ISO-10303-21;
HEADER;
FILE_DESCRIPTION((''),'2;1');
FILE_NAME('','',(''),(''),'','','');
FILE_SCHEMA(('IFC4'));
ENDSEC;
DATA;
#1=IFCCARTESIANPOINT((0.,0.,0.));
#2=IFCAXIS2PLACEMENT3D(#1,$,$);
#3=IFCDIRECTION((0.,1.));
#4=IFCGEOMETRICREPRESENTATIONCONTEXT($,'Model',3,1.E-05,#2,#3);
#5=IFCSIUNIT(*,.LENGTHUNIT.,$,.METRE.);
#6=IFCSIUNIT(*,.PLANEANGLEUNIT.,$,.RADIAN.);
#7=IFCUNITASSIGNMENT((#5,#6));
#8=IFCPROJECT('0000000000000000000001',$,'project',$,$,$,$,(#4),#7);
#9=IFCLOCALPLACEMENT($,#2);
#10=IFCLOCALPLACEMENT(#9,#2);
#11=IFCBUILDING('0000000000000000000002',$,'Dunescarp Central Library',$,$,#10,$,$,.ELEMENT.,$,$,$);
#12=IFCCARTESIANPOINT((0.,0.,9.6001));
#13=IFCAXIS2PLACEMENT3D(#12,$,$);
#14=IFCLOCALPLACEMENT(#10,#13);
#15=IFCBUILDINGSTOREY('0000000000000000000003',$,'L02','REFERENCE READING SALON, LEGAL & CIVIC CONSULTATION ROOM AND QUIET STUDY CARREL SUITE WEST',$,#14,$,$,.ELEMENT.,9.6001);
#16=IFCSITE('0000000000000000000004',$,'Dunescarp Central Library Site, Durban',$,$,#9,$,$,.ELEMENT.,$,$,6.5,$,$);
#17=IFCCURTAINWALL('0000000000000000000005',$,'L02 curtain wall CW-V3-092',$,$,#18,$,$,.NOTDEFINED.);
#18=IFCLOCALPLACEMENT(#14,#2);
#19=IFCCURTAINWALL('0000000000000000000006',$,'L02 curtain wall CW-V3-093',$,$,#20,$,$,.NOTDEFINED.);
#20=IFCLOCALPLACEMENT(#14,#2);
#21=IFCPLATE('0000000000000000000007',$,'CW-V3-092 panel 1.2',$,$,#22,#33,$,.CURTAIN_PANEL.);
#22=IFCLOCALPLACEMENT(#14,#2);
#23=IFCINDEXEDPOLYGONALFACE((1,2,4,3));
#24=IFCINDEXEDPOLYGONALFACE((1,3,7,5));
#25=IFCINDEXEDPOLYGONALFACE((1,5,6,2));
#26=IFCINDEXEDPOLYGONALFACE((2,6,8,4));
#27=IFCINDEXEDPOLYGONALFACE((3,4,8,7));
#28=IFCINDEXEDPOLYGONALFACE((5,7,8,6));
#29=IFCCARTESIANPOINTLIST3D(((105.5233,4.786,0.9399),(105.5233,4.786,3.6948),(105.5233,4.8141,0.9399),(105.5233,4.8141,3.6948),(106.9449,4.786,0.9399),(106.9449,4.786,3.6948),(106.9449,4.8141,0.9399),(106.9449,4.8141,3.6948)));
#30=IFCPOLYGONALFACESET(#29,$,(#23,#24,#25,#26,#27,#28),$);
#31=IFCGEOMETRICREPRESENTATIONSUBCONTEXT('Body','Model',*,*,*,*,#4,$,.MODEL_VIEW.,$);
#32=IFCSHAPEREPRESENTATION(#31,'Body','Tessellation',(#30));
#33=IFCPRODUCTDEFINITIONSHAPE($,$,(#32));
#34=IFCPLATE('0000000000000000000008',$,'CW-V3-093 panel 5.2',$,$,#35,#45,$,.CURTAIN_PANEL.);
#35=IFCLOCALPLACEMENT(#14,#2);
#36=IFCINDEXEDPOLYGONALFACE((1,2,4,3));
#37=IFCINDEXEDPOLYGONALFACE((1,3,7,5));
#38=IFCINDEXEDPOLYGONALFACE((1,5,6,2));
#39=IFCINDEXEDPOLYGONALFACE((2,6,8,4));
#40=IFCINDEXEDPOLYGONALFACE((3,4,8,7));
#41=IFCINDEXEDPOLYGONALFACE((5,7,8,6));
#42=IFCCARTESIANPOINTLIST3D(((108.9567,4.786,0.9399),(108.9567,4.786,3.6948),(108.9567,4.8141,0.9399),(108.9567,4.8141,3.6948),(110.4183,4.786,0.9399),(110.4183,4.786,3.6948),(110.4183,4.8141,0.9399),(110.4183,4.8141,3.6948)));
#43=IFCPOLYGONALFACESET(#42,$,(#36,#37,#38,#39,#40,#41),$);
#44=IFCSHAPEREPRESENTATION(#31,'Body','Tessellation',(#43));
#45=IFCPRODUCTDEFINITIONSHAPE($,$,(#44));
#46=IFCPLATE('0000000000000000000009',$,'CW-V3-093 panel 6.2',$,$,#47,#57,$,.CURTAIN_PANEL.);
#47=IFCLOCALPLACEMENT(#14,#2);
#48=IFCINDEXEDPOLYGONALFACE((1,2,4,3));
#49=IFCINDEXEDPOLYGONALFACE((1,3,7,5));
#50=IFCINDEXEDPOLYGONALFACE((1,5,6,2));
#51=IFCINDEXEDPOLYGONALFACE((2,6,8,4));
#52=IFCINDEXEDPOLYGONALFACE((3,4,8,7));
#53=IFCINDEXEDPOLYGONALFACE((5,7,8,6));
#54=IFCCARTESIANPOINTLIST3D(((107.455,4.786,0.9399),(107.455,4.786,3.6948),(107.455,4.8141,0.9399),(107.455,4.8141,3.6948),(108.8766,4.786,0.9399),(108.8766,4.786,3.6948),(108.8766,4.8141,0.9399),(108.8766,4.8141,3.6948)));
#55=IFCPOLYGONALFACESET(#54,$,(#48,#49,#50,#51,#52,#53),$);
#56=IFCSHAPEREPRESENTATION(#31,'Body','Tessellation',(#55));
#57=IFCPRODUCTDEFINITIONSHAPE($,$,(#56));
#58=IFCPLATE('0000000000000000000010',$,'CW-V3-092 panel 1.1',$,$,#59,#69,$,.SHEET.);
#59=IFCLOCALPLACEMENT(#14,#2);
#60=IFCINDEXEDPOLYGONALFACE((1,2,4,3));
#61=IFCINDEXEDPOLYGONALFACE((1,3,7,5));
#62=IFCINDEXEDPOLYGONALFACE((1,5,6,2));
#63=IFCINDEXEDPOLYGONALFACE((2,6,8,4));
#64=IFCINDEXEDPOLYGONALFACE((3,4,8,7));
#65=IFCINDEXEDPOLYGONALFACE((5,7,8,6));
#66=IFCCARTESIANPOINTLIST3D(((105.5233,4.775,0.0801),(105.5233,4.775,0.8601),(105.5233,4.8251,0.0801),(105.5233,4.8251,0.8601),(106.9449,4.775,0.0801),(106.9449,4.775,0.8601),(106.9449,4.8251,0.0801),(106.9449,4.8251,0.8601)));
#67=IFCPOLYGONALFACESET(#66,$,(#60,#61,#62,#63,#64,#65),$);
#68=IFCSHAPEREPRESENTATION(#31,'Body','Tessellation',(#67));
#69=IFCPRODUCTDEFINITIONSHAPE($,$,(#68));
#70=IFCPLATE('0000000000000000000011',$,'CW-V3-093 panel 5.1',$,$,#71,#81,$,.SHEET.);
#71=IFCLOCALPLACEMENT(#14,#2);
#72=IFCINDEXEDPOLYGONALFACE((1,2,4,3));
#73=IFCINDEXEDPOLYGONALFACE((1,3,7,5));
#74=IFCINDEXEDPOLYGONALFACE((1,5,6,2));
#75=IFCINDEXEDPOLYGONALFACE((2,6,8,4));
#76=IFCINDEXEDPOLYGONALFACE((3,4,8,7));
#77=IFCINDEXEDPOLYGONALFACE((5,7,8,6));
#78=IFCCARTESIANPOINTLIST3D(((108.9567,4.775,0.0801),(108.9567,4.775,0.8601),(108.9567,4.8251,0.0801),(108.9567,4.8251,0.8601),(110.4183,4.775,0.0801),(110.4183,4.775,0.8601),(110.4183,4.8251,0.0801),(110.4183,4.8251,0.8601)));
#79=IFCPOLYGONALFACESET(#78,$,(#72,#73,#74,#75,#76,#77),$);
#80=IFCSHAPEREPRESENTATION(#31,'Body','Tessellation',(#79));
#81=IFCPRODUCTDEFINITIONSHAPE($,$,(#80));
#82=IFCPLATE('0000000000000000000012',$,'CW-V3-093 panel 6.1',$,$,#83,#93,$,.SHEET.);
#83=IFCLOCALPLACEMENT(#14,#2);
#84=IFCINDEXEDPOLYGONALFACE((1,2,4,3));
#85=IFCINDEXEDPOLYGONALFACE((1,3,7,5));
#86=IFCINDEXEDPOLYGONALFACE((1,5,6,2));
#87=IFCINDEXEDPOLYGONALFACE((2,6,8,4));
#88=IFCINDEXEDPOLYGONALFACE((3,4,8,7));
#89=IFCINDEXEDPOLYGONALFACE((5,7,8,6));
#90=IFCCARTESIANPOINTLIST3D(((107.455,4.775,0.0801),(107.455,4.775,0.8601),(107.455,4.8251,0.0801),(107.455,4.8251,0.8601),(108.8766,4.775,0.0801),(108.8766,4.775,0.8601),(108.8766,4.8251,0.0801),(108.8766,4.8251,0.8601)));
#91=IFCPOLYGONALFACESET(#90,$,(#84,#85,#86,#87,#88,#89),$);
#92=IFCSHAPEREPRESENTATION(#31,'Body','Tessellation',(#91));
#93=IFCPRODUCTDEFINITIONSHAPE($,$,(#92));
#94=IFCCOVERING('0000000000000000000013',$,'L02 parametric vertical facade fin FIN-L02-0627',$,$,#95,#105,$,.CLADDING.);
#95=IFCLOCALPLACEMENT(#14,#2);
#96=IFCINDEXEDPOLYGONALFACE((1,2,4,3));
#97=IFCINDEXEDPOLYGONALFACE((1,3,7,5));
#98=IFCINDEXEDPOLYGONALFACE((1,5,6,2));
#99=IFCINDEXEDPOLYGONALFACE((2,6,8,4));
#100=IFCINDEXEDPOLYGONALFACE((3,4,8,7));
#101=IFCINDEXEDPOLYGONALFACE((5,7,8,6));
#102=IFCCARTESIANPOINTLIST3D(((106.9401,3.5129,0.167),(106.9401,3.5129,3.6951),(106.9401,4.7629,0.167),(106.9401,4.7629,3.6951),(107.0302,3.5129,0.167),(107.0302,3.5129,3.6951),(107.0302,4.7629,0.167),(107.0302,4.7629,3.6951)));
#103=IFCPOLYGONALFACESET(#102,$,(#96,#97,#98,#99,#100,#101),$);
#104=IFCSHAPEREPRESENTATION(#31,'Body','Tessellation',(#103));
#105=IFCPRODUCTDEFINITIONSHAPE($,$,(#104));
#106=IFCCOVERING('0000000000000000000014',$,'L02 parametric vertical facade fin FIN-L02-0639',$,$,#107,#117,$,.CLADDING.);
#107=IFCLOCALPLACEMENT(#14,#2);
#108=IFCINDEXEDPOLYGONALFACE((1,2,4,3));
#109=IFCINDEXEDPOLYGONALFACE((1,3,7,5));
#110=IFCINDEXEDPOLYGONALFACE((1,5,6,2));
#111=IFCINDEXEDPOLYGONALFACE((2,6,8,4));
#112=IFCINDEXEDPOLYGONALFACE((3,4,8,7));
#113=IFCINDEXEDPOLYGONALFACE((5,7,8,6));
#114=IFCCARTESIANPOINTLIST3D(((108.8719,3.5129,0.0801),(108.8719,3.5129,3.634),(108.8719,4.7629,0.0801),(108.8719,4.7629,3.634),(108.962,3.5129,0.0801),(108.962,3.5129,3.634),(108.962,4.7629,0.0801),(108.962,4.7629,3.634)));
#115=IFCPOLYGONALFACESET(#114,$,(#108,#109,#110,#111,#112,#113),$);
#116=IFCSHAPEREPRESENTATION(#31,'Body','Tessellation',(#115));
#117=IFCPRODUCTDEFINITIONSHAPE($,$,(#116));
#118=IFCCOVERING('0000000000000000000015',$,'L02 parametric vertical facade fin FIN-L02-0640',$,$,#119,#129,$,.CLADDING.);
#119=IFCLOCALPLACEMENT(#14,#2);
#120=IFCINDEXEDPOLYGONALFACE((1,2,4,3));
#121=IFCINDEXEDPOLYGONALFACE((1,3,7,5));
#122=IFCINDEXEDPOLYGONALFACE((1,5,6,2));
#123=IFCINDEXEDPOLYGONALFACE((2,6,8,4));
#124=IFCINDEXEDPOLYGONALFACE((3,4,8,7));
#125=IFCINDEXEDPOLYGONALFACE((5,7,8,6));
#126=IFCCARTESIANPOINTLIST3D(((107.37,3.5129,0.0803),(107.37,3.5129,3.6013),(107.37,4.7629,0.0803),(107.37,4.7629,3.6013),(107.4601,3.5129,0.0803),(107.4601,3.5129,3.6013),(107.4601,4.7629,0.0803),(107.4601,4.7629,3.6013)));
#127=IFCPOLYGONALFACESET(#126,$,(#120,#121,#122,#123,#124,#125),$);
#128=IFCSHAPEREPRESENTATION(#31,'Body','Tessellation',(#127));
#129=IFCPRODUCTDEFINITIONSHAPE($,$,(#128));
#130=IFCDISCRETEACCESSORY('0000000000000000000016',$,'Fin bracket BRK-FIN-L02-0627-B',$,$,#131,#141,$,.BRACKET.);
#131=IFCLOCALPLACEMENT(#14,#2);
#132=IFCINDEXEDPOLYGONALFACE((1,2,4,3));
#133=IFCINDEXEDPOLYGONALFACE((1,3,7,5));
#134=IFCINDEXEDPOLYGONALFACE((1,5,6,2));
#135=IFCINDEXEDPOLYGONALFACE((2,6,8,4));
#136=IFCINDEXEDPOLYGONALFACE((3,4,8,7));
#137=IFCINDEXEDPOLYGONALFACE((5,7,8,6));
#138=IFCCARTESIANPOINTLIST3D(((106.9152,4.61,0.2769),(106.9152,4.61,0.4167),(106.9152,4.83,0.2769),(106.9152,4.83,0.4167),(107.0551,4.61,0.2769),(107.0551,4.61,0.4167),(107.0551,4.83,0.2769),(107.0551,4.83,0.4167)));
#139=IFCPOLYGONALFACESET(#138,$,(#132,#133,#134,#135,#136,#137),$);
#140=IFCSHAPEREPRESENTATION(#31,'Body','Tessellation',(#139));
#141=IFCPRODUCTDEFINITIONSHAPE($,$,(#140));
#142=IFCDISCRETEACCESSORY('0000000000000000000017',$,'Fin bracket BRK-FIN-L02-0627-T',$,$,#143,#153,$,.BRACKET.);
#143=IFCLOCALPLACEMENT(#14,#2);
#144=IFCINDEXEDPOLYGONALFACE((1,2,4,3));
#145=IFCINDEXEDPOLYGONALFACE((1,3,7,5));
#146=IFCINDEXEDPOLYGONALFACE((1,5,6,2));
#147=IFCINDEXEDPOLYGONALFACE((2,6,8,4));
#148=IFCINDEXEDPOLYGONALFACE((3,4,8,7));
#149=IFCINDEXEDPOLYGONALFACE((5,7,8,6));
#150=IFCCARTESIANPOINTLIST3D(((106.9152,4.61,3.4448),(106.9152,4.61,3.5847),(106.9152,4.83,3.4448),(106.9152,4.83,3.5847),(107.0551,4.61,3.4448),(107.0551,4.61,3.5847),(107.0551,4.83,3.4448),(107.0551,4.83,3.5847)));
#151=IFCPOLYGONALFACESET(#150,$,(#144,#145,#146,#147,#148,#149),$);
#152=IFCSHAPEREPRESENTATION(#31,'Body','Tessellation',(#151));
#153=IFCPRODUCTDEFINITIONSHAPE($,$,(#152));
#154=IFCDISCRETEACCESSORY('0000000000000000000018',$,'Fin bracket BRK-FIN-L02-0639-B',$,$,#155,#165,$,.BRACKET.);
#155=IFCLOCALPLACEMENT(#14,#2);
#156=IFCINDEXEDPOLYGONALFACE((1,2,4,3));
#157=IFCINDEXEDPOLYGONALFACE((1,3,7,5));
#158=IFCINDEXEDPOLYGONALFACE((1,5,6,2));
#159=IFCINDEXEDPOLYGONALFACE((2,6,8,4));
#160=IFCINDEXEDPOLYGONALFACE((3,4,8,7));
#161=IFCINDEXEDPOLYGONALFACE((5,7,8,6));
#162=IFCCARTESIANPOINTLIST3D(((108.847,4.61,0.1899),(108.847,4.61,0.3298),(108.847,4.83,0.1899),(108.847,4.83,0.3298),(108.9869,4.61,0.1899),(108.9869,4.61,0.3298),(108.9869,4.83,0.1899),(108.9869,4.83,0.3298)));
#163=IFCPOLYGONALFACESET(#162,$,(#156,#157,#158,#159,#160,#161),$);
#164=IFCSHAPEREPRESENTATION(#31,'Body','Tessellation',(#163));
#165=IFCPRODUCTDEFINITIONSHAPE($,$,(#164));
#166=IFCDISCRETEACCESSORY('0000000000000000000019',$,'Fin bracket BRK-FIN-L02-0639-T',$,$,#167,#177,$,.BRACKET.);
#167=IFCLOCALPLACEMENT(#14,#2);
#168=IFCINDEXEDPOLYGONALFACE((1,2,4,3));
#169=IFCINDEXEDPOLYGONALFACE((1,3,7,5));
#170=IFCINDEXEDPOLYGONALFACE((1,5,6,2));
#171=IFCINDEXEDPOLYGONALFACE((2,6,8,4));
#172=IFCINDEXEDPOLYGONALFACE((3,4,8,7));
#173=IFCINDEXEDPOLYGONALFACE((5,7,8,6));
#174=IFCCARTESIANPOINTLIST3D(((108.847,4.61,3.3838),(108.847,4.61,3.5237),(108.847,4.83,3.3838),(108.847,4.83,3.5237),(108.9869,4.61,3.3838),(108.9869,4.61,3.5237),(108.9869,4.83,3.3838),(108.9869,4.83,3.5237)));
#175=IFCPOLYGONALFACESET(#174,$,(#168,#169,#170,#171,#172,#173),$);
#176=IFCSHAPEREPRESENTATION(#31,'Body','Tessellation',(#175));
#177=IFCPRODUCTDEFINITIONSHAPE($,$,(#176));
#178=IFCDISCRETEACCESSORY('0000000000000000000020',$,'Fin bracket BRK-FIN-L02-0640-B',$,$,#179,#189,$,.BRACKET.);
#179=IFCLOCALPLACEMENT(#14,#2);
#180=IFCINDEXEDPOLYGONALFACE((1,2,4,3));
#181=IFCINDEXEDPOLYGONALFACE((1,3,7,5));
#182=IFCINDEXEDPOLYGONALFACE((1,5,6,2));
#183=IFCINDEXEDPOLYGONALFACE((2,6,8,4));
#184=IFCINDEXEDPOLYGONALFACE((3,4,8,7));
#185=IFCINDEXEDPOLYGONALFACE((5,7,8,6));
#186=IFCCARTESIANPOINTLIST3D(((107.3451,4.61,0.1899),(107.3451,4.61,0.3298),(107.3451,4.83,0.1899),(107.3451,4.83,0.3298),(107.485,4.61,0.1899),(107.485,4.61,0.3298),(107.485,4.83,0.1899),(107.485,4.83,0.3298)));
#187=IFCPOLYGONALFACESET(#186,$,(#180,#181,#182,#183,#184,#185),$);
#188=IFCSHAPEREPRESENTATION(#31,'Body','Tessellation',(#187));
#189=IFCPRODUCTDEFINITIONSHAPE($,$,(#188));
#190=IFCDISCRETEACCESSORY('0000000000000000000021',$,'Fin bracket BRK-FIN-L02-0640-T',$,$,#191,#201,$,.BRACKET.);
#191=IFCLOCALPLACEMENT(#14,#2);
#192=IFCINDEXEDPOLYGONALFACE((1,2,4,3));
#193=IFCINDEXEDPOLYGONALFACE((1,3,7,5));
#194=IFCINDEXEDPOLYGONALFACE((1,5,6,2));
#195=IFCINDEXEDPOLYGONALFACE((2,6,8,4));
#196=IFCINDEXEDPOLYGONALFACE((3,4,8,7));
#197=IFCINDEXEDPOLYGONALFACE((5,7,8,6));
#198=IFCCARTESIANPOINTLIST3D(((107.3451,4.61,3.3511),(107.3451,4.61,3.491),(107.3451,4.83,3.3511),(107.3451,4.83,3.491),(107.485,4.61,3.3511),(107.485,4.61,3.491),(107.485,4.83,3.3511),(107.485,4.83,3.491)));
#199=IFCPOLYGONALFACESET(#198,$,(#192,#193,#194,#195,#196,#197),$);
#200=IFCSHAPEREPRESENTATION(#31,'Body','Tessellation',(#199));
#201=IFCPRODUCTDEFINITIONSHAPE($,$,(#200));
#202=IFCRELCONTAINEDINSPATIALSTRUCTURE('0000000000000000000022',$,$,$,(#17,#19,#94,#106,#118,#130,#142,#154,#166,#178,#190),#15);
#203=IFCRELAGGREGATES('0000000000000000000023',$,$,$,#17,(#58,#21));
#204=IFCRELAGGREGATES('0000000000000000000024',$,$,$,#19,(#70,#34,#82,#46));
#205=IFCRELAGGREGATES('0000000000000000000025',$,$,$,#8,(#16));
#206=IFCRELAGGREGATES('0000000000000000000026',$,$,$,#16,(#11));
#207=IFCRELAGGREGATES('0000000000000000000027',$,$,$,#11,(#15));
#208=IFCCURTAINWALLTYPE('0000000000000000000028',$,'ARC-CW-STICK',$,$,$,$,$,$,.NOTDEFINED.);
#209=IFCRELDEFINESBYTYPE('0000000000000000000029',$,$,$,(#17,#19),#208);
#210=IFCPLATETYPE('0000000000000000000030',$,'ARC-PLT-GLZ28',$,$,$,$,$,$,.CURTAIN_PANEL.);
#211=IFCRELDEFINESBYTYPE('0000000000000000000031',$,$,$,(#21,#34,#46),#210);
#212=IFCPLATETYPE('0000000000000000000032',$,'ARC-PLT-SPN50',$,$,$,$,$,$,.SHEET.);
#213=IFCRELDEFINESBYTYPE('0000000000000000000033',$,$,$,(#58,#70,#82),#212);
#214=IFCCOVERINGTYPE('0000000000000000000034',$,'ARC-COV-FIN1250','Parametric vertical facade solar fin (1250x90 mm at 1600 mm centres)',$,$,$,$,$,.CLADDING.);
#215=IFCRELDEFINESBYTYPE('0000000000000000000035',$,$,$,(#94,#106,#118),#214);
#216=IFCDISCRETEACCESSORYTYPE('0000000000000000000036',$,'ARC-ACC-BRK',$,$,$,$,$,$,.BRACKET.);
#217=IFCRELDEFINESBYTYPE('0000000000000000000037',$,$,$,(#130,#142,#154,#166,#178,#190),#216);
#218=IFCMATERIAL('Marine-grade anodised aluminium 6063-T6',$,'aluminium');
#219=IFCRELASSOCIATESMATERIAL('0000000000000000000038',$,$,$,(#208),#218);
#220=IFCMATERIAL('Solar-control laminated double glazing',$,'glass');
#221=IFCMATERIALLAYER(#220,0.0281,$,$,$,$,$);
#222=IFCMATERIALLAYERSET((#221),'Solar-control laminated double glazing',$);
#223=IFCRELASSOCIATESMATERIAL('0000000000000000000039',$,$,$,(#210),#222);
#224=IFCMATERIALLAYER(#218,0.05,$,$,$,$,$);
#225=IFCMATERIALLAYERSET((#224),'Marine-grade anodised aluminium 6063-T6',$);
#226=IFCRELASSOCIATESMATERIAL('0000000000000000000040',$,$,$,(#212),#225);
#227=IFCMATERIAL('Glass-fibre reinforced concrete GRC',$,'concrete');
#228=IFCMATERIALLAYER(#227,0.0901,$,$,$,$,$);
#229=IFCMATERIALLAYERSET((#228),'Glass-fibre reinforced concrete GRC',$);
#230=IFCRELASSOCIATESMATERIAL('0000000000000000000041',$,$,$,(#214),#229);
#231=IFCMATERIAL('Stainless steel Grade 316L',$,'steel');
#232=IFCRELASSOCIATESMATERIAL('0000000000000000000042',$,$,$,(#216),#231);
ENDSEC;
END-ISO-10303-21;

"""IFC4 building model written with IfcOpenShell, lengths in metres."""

from ifc_helpers import new_model, si_unit, direction, frame, origin, origin_2d, place, context, subcontext, project, spatial, rectangle, extrude, material, layer, layer_set, type_object, element, aggregate, save


model = new_model("IFC4")

# Units and contexts
model_context = context("Model", 3, precision=1e-05, world=origin(), true_north=direction((0.0, 1.0)))
body_context = subcontext(model_context, "Body", "Model", "MODEL_VIEW")
ifc_project = project(units=[si_unit("LENGTHUNIT", "METRE"), si_unit("PLANEANGLEUNIT", "RADIAN")], contexts=[model_context])

# Site, building, storey
site_placement = place(None, origin())
site = spatial("IfcSite", under=ifc_project, at=site_placement, Name="Dunescarp Central Library Site, Durban", CompositionType="ELEMENT", RefElevation=6.5)
building_placement = place(site_placement, origin())
building = spatial("IfcBuilding", under=site, at=building_placement, Name="Dunescarp Central Library", CompositionType="ELEMENT")
storey_placement = place(building_placement, frame((0.0, 0.0, 9.6001)))
storey = spatial("IfcBuildingStorey", under=building, at=storey_placement, Name="L02", Description="REFERENCE READING SALON, LEGAL & CIVIC CONSULTATION ROOM AND QUIET STUDY CARREL SUITE WEST", CompositionType="ELEMENT", Elevation=9.6001)

# Curtain wall
ifc_material_1 = material(Name="Marine-grade anodised aluminium 6063-T6", Category="aluminium")
curtain_wall_type = type_object("IfcCurtainWallType", Name="ARC-CW-STICK", PredefinedType="NOTDEFINED", material=ifc_material_1)
curtain_wall_1_placement = place(storey_placement, origin())
curtain_wall_1 = element("IfcCurtainWall", 1, at=curtain_wall_1_placement, inside=storey, type_object=curtain_wall_type, Name="L02 curtain wall CW-V3-092", PredefinedType="NOTDEFINED")

# Curtain wall
curtain_wall_2_placement = place(storey_placement, origin())
curtain_wall_2 = element("IfcCurtainWall", 2, at=curtain_wall_2_placement, inside=storey, type_object=curtain_wall_type, Name="L02 curtain wall CW-V3-093", PredefinedType="NOTDEFINED")

# Plates
ifc_material_2 = material(Name="Solar-control laminated double glazing", Category="glass")
ifc_layer_1 = layer(ifc_material_2, 0.0281)
ifc_layer_set_1 = layer_set([ifc_layer_1], Name="Solar-control laminated double glazing")
plate_type_1 = type_object("IfcPlateType", Name="ARC-PLT-GLZ28", PredefinedType="CURTAIN_PANEL", material=ifc_layer_set_1)
plate_1_placement = place(storey_placement, frame((106.2341, 4.8, 0.9399), z_axis=(0.0, 0.0, 1.0), x_axis=(-1.0, 0.0, 0.0)))
plate_1 = element("IfcPlate", 3, at=plate_1_placement, type_object=plate_type_1, Name="CW-V3-092 panel 1.2", PredefinedType="CURTAIN_PANEL", context=body_context, shape_type="SweptSolid", body=[
    extrude(rectangle(XDim=1.4216, YDim=0.0281, at=origin_2d()), origin(), (0.0, 0.0, 1.0), 2.7549),
])
plate_2_placement = place(storey_placement, frame((109.6875, 4.8, 0.9399), z_axis=(0.0, 0.0, 1.0), x_axis=(-1.0, 0.0, 0.0)))
plate_2 = element("IfcPlate", 4, at=plate_2_placement, type_object=plate_type_1, Name="CW-V3-093 panel 5.2", PredefinedType="CURTAIN_PANEL", context=body_context, shape_type="SweptSolid", body=[
    extrude(rectangle(XDim=1.4617, YDim=0.0281, at=origin_2d()), origin(), (0.0, 0.0, 1.0), 2.7549),
])
plate_3_placement = place(storey_placement, frame((108.1658, 4.8, 0.9399), z_axis=(0.0, 0.0, 1.0), x_axis=(-1.0, 0.0, 0.0)))
plate_3 = element("IfcPlate", 5, at=plate_3_placement, type_object=plate_type_1, Name="CW-V3-093 panel 6.2", PredefinedType="CURTAIN_PANEL", context=body_context, shape_type="SweptSolid", body=[
    extrude(rectangle(XDim=1.4216, YDim=0.0281, at=origin_2d()), origin(), (0.0, 0.0, 1.0), 2.7549),
])
ifc_layer_2 = layer(ifc_material_1, 0.05)
ifc_layer_set_2 = layer_set([ifc_layer_2], Name="Marine-grade anodised aluminium 6063-T6")
plate_type_2 = type_object("IfcPlateType", Name="ARC-PLT-SPN50", PredefinedType="SHEET", material=ifc_layer_set_2)
plate_4_placement = place(storey_placement, frame((106.2341, 4.8, 0.0801), z_axis=(0.0, 0.0, 1.0), x_axis=(-1.0, 0.0, 0.0)))
plate_4 = element("IfcPlate", 6, at=plate_4_placement, type_object=plate_type_2, Name="CW-V3-092 panel 1.1", PredefinedType="SHEET", context=body_context, shape_type="SweptSolid", body=[
    extrude(rectangle(XDim=1.4216, YDim=0.05, at=origin_2d()), origin(), (0.0, 0.0, 1.0), 0.78),
])
aggregate(curtain_wall_1, [plate_4, plate_1])
plate_5_placement = place(storey_placement, frame((109.6875, 4.8, 0.0801), z_axis=(0.0, 0.0, 1.0), x_axis=(-1.0, 0.0, 0.0)))
plate_5 = element("IfcPlate", 7, at=plate_5_placement, type_object=plate_type_2, Name="CW-V3-093 panel 5.1", PredefinedType="SHEET", context=body_context, shape_type="SweptSolid", body=[
    extrude(rectangle(XDim=1.4617, YDim=0.05, at=origin_2d()), origin(), (0.0, 0.0, 1.0), 0.78),
])
plate_6_placement = place(storey_placement, frame((108.1658, 4.8, 0.0801), z_axis=(0.0, 0.0, 1.0), x_axis=(-1.0, 0.0, 0.0)))
plate_6 = element("IfcPlate", 8, at=plate_6_placement, type_object=plate_type_2, Name="CW-V3-093 panel 6.1", PredefinedType="SHEET", context=body_context, shape_type="SweptSolid", body=[
    extrude(rectangle(XDim=1.4216, YDim=0.05, at=origin_2d()), origin(), (0.0, 0.0, 1.0), 0.78),
])
aggregate(curtain_wall_2, [plate_5, plate_2, plate_6, plate_3])

# Coverings
ifc_material_3 = material(Name="Glass-fibre reinforced concrete GRC", Category="concrete")
ifc_layer_3 = layer(ifc_material_3, 0.0901)
ifc_layer_set_3 = layer_set([ifc_layer_3], Name="Glass-fibre reinforced concrete GRC")
covering_type = type_object("IfcCoveringType", Name="ARC-COV-FIN1250", Description="Parametric vertical facade solar fin (1250x90 mm at 1600 mm centres)", PredefinedType="CLADDING", material=ifc_layer_set_3)
covering_1_placement = place(storey_placement, frame((106.9851, 4.1379, 0.167), z_axis=(0.0, 0.0, 1.0), x_axis=(0.0, -1.0, 0.0)))
element("IfcCovering", 9, at=covering_1_placement, inside=storey, type_object=covering_type, Name="L02 parametric vertical facade fin FIN-L02-0627", PredefinedType="CLADDING", context=body_context, shape_type="SweptSolid", body=[
    extrude(rectangle(XDim=1.25, YDim=0.0901, at=origin_2d()), origin(), (0.0, 0.0, 1.0), 3.5281),
])
covering_2_placement = place(storey_placement, frame((108.917, 4.1379, 0.0801), z_axis=(0.0, 0.0, 1.0), x_axis=(0.0, -1.0, 0.0)))
element("IfcCovering", 10, at=covering_2_placement, inside=storey, type_object=covering_type, Name="L02 parametric vertical facade fin FIN-L02-0639", PredefinedType="CLADDING", context=body_context, shape_type="SweptSolid", body=[
    extrude(rectangle(XDim=1.25, YDim=0.0901, at=origin_2d()), origin(), (0.0, 0.0, 1.0), 3.554),
])
covering_3_placement = place(storey_placement, frame((107.415, 4.1379, 0.0803), z_axis=(0.0, 0.0, 1.0), x_axis=(0.0, -1.0, 0.0)))
element("IfcCovering", 11, at=covering_3_placement, inside=storey, type_object=covering_type, Name="L02 parametric vertical facade fin FIN-L02-0640", PredefinedType="CLADDING", context=body_context, shape_type="SweptSolid", body=[
    extrude(rectangle(XDim=1.25, YDim=0.0901, at=origin_2d()), origin(), (0.0, 0.0, 1.0), 3.521),
])

# Discrete accessories
ifc_material_4 = material(Name="Stainless steel Grade 316L", Category="steel")
discrete_accessory_type = type_object("IfcDiscreteAccessoryType", Name="ARC-ACC-BRK", PredefinedType="BRACKET", material=ifc_material_4)
for number, where, z_axis, x_axis, name in (
    (12, (106.9851, 4.72, 0.2769), (0.0, 0.0, 1.0), (0.0, -1.0, 0.0), "Fin bracket BRK-FIN-L02-0627-B"),
    (13, (106.9851, 4.72, 3.4448), (0.0, 0.0, 1.0), (0.0, -1.0, 0.0), "Fin bracket BRK-FIN-L02-0627-T"),
    (14, (108.917, 4.72, 0.1899), (0.0, 0.0, 1.0), (0.0, -1.0, 0.0), "Fin bracket BRK-FIN-L02-0639-B"),
    (15, (108.917, 4.72, 3.3838), (0.0, 0.0, 1.0), (0.0, -1.0, 0.0), "Fin bracket BRK-FIN-L02-0639-T"),
    (16, (107.415, 4.72, 0.1899), (0.0, 0.0, 1.0), (0.0, -1.0, 0.0), "Fin bracket BRK-FIN-L02-0640-B"),
    (17, (107.415, 4.72, 3.3511), (0.0, 0.0, 1.0), (0.0, -1.0, 0.0), "Fin bracket BRK-FIN-L02-0640-T"),
):
    element("IfcDiscreteAccessory", number, at=place(storey_placement, frame(where, z_axis=z_axis, x_axis=x_axis)), inside=storey, type_object=discrete_accessory_type, Name=name, PredefinedType="BRACKET", context=body_context, shape_type="SweptSolid", body=[
        extrude(rectangle(XDim=0.22, YDim=0.1399, at=origin_2d()), origin(), (0.0, 0.0, 1.0), 0.1399),
    ])

save(model, "model.ifc")
